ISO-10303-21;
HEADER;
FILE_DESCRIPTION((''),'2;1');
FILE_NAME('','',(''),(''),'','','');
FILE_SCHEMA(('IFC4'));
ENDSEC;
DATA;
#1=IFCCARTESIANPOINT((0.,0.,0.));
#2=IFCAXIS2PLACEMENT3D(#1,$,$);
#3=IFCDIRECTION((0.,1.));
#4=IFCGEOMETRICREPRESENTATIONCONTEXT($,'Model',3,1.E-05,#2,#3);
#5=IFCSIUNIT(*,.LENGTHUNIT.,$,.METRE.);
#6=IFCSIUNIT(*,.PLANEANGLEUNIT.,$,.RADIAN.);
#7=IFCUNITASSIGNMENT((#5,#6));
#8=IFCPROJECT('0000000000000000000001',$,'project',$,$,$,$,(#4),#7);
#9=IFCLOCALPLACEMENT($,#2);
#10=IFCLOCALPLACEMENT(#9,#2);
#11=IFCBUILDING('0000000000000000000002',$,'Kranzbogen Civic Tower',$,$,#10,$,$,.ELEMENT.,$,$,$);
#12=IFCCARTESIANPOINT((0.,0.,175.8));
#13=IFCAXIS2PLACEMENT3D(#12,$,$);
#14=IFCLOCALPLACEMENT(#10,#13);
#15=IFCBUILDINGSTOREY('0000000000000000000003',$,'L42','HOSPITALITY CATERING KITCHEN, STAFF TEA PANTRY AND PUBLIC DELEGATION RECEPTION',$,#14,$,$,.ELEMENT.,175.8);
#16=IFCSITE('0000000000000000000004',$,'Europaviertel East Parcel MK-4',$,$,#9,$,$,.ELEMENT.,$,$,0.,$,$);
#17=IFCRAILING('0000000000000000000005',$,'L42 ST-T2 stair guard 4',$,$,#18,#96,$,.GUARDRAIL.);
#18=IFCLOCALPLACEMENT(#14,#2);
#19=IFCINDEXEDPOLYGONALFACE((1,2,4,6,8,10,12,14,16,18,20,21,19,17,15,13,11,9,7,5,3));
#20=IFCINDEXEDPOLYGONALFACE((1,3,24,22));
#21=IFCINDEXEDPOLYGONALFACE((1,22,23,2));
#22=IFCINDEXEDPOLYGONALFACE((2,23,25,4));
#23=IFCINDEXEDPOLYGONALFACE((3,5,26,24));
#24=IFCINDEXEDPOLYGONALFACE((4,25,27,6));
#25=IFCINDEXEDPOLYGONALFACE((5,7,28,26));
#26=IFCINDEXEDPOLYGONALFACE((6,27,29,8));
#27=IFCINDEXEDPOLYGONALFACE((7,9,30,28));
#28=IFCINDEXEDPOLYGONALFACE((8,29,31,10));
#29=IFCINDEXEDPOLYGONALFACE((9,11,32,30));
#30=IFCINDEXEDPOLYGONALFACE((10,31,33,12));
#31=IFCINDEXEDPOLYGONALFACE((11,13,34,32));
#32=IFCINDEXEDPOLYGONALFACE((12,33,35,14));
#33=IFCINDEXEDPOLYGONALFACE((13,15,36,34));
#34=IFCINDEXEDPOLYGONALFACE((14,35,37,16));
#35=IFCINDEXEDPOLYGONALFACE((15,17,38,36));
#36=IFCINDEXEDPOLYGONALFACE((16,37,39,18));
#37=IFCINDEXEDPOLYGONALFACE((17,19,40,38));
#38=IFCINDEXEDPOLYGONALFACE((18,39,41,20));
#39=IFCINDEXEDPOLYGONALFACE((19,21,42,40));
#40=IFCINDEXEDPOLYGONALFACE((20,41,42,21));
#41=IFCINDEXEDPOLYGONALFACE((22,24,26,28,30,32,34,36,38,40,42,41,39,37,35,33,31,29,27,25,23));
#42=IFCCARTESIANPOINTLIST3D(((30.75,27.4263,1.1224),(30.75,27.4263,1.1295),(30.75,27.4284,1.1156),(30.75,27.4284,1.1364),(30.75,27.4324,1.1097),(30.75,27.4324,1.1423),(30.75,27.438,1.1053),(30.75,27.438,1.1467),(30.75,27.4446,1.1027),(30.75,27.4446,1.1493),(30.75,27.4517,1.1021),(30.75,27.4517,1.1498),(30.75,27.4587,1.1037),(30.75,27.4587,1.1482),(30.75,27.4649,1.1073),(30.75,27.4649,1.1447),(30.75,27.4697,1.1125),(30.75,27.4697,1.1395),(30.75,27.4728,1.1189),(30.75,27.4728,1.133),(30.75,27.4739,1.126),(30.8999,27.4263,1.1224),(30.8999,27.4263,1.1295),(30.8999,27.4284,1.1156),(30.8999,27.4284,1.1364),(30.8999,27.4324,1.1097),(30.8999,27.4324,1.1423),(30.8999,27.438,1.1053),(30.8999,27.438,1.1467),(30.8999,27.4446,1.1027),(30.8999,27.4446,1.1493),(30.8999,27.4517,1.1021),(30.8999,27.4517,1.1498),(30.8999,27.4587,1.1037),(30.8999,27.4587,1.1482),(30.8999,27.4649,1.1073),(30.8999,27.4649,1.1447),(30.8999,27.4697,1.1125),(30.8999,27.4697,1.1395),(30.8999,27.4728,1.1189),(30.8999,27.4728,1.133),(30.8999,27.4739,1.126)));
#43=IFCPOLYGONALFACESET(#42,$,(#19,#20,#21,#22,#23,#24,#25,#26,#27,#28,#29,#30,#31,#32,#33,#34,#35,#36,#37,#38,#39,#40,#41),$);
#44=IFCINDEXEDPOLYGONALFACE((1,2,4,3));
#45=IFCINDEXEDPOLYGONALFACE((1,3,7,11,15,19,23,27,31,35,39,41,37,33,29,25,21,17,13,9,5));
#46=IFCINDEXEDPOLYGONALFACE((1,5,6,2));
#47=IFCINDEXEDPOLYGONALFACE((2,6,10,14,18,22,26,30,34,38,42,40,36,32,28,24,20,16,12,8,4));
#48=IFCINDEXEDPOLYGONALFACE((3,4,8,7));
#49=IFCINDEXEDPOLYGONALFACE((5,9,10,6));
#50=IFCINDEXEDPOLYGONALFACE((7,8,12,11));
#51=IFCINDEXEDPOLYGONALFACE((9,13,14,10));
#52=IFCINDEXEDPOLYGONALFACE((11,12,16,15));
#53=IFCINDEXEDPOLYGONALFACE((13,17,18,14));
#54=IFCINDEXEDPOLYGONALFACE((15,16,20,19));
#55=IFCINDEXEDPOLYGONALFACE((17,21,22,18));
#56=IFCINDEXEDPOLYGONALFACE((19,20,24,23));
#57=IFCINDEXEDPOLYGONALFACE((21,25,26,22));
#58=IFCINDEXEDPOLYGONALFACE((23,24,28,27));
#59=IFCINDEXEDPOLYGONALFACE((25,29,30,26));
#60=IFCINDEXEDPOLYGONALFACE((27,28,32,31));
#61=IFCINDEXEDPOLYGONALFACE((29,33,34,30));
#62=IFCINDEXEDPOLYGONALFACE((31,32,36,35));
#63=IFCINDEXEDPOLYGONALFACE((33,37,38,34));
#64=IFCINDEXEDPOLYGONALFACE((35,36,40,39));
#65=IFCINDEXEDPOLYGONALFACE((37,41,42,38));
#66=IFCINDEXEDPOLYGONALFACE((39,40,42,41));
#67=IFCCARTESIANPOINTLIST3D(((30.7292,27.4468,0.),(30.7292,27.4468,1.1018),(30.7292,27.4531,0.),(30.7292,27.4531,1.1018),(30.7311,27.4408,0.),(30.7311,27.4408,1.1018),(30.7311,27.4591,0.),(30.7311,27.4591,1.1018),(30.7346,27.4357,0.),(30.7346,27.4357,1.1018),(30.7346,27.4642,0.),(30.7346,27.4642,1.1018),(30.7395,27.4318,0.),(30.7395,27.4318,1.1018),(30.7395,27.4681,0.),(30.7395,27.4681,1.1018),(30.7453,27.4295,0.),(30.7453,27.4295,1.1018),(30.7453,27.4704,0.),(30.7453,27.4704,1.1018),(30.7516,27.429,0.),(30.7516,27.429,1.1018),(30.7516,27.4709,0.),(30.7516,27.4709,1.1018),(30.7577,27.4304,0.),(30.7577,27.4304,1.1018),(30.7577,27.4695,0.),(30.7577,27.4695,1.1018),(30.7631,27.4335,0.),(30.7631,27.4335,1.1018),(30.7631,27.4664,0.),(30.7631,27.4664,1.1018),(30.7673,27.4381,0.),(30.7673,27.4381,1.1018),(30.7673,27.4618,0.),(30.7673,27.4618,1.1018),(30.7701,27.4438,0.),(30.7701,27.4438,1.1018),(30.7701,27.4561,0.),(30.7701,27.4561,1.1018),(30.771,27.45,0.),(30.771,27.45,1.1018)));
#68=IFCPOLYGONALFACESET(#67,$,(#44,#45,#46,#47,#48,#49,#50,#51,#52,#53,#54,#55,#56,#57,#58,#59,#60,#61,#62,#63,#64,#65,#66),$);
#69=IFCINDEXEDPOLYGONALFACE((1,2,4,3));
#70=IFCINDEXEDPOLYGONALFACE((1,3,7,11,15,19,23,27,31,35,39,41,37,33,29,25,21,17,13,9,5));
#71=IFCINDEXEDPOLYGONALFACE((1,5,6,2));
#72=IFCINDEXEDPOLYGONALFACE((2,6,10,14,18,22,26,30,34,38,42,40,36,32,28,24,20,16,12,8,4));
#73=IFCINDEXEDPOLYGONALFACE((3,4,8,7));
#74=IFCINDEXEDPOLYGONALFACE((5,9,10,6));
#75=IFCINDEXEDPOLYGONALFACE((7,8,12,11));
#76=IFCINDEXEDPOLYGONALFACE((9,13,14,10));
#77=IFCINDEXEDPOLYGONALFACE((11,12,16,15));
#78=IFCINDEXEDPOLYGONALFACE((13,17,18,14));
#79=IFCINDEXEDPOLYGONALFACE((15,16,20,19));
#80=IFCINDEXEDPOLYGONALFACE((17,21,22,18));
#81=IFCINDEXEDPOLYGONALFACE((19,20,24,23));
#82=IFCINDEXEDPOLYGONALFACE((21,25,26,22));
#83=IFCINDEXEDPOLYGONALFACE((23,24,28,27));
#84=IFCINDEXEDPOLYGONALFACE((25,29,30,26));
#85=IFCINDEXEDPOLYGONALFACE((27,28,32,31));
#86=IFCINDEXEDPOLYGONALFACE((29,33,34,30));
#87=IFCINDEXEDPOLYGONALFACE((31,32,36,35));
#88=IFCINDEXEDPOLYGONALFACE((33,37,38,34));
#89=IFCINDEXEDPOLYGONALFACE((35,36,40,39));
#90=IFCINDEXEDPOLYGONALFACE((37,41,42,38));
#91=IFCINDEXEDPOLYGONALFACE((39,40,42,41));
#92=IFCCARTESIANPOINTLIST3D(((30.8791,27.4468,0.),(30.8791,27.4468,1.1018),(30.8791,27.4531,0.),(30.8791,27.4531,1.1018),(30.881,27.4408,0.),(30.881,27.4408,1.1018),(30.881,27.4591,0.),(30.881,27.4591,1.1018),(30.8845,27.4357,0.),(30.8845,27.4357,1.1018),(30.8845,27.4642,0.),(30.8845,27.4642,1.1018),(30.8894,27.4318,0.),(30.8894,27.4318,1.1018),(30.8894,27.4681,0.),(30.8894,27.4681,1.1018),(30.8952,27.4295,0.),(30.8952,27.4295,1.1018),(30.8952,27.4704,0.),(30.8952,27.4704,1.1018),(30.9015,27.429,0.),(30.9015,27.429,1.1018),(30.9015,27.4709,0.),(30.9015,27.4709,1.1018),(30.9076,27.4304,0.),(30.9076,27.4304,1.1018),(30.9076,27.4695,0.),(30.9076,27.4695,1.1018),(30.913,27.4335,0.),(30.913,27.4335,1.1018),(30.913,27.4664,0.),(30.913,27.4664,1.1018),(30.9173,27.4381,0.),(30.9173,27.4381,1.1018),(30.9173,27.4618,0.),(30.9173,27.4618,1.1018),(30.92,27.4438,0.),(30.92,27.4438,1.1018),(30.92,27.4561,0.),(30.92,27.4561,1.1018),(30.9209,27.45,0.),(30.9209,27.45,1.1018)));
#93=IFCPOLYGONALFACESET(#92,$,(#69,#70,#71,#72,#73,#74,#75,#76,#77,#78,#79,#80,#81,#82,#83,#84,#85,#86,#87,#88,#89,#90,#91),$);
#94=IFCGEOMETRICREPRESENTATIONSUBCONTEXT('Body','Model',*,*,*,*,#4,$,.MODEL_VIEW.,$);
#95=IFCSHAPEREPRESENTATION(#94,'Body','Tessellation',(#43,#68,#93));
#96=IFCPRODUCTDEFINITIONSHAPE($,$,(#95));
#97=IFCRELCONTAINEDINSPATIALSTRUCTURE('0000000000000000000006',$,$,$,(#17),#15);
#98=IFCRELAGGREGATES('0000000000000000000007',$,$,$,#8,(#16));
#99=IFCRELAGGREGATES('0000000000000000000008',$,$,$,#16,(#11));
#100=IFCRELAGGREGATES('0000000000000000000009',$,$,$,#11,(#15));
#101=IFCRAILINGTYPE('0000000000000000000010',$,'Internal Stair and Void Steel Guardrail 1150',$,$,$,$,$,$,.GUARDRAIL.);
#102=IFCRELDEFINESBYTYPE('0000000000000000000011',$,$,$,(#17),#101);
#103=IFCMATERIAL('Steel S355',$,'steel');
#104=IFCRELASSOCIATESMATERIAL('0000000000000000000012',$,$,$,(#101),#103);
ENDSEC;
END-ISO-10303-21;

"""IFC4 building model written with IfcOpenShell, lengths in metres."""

from ifc_helpers import new_model, si_unit, direction, frame, origin, origin_2d, place, context, subcontext, project, spatial, circle, extrude, material, type_object, element, save


model = new_model("IFC4")

# Units and contexts
model_context = context("Model", 3, precision=1e-05, world=origin(), true_north=direction((0.0, 1.0)))
body_context = subcontext(model_context, "Body", "Model", "MODEL_VIEW")
ifc_project = project(units=[si_unit("LENGTHUNIT", "METRE"), si_unit("PLANEANGLEUNIT", "RADIAN")], contexts=[model_context])

# Site, building, storey
site_placement = place(None, origin())
site = spatial("IfcSite", under=ifc_project, at=site_placement, Name="Europaviertel East Parcel MK-4", CompositionType="ELEMENT", RefElevation=0.0)
building_placement = place(site_placement, origin())
building = spatial("IfcBuilding", under=site, at=building_placement, Name="Kranzbogen Civic Tower", CompositionType="ELEMENT")
storey_placement = place(building_placement, frame((0.0, 0.0, 175.8)))
storey = spatial("IfcBuildingStorey", under=building, at=storey_placement, Name="L42", Description="HOSPITALITY CATERING KITCHEN, STAFF TEA PANTRY AND PUBLIC DELEGATION RECEPTION", CompositionType="ELEMENT", Elevation=175.8)

# Shared definitions
ifc_material_1 = material(Name="Steel S355", Category="steel")

# Railing
railing_type_1 = type_object("IfcRailingType", Name="Internal Stair and Void Steel Guardrail 1150", PredefinedType="GUARDRAIL", material=ifc_material_1)
railing_1_placement = place(storey_placement, frame((30.75, 27.45, 0.0)))
element("IfcRailing", 1, at=railing_1_placement, inside=storey, type_object=railing_type_1, Name="L42 ST-T2 stair guard 4", PredefinedType="GUARDRAIL", context=body_context, shape_type="SweptSolid", body=[
    extrude(circle(Radius=0.0239, at=origin_2d()), frame((0.0, 0.0, 1.126), z_axis=(1.0, 0.0, 0.0), x_axis=(0.0, 1.0, 0.0)), (0.0, 0.0, 1.0), 0.1499),
    extrude(circle(Radius=0.021, at=origin_2d()), origin(), (0.0, 0.0, 1.0), 1.1018),
    extrude(circle(Radius=0.021, at=origin_2d()), frame((0.1499, 0.0, 0.0)), (0.0, 0.0, 1.0), 1.1018),
])

save(model, "model.ifc")
